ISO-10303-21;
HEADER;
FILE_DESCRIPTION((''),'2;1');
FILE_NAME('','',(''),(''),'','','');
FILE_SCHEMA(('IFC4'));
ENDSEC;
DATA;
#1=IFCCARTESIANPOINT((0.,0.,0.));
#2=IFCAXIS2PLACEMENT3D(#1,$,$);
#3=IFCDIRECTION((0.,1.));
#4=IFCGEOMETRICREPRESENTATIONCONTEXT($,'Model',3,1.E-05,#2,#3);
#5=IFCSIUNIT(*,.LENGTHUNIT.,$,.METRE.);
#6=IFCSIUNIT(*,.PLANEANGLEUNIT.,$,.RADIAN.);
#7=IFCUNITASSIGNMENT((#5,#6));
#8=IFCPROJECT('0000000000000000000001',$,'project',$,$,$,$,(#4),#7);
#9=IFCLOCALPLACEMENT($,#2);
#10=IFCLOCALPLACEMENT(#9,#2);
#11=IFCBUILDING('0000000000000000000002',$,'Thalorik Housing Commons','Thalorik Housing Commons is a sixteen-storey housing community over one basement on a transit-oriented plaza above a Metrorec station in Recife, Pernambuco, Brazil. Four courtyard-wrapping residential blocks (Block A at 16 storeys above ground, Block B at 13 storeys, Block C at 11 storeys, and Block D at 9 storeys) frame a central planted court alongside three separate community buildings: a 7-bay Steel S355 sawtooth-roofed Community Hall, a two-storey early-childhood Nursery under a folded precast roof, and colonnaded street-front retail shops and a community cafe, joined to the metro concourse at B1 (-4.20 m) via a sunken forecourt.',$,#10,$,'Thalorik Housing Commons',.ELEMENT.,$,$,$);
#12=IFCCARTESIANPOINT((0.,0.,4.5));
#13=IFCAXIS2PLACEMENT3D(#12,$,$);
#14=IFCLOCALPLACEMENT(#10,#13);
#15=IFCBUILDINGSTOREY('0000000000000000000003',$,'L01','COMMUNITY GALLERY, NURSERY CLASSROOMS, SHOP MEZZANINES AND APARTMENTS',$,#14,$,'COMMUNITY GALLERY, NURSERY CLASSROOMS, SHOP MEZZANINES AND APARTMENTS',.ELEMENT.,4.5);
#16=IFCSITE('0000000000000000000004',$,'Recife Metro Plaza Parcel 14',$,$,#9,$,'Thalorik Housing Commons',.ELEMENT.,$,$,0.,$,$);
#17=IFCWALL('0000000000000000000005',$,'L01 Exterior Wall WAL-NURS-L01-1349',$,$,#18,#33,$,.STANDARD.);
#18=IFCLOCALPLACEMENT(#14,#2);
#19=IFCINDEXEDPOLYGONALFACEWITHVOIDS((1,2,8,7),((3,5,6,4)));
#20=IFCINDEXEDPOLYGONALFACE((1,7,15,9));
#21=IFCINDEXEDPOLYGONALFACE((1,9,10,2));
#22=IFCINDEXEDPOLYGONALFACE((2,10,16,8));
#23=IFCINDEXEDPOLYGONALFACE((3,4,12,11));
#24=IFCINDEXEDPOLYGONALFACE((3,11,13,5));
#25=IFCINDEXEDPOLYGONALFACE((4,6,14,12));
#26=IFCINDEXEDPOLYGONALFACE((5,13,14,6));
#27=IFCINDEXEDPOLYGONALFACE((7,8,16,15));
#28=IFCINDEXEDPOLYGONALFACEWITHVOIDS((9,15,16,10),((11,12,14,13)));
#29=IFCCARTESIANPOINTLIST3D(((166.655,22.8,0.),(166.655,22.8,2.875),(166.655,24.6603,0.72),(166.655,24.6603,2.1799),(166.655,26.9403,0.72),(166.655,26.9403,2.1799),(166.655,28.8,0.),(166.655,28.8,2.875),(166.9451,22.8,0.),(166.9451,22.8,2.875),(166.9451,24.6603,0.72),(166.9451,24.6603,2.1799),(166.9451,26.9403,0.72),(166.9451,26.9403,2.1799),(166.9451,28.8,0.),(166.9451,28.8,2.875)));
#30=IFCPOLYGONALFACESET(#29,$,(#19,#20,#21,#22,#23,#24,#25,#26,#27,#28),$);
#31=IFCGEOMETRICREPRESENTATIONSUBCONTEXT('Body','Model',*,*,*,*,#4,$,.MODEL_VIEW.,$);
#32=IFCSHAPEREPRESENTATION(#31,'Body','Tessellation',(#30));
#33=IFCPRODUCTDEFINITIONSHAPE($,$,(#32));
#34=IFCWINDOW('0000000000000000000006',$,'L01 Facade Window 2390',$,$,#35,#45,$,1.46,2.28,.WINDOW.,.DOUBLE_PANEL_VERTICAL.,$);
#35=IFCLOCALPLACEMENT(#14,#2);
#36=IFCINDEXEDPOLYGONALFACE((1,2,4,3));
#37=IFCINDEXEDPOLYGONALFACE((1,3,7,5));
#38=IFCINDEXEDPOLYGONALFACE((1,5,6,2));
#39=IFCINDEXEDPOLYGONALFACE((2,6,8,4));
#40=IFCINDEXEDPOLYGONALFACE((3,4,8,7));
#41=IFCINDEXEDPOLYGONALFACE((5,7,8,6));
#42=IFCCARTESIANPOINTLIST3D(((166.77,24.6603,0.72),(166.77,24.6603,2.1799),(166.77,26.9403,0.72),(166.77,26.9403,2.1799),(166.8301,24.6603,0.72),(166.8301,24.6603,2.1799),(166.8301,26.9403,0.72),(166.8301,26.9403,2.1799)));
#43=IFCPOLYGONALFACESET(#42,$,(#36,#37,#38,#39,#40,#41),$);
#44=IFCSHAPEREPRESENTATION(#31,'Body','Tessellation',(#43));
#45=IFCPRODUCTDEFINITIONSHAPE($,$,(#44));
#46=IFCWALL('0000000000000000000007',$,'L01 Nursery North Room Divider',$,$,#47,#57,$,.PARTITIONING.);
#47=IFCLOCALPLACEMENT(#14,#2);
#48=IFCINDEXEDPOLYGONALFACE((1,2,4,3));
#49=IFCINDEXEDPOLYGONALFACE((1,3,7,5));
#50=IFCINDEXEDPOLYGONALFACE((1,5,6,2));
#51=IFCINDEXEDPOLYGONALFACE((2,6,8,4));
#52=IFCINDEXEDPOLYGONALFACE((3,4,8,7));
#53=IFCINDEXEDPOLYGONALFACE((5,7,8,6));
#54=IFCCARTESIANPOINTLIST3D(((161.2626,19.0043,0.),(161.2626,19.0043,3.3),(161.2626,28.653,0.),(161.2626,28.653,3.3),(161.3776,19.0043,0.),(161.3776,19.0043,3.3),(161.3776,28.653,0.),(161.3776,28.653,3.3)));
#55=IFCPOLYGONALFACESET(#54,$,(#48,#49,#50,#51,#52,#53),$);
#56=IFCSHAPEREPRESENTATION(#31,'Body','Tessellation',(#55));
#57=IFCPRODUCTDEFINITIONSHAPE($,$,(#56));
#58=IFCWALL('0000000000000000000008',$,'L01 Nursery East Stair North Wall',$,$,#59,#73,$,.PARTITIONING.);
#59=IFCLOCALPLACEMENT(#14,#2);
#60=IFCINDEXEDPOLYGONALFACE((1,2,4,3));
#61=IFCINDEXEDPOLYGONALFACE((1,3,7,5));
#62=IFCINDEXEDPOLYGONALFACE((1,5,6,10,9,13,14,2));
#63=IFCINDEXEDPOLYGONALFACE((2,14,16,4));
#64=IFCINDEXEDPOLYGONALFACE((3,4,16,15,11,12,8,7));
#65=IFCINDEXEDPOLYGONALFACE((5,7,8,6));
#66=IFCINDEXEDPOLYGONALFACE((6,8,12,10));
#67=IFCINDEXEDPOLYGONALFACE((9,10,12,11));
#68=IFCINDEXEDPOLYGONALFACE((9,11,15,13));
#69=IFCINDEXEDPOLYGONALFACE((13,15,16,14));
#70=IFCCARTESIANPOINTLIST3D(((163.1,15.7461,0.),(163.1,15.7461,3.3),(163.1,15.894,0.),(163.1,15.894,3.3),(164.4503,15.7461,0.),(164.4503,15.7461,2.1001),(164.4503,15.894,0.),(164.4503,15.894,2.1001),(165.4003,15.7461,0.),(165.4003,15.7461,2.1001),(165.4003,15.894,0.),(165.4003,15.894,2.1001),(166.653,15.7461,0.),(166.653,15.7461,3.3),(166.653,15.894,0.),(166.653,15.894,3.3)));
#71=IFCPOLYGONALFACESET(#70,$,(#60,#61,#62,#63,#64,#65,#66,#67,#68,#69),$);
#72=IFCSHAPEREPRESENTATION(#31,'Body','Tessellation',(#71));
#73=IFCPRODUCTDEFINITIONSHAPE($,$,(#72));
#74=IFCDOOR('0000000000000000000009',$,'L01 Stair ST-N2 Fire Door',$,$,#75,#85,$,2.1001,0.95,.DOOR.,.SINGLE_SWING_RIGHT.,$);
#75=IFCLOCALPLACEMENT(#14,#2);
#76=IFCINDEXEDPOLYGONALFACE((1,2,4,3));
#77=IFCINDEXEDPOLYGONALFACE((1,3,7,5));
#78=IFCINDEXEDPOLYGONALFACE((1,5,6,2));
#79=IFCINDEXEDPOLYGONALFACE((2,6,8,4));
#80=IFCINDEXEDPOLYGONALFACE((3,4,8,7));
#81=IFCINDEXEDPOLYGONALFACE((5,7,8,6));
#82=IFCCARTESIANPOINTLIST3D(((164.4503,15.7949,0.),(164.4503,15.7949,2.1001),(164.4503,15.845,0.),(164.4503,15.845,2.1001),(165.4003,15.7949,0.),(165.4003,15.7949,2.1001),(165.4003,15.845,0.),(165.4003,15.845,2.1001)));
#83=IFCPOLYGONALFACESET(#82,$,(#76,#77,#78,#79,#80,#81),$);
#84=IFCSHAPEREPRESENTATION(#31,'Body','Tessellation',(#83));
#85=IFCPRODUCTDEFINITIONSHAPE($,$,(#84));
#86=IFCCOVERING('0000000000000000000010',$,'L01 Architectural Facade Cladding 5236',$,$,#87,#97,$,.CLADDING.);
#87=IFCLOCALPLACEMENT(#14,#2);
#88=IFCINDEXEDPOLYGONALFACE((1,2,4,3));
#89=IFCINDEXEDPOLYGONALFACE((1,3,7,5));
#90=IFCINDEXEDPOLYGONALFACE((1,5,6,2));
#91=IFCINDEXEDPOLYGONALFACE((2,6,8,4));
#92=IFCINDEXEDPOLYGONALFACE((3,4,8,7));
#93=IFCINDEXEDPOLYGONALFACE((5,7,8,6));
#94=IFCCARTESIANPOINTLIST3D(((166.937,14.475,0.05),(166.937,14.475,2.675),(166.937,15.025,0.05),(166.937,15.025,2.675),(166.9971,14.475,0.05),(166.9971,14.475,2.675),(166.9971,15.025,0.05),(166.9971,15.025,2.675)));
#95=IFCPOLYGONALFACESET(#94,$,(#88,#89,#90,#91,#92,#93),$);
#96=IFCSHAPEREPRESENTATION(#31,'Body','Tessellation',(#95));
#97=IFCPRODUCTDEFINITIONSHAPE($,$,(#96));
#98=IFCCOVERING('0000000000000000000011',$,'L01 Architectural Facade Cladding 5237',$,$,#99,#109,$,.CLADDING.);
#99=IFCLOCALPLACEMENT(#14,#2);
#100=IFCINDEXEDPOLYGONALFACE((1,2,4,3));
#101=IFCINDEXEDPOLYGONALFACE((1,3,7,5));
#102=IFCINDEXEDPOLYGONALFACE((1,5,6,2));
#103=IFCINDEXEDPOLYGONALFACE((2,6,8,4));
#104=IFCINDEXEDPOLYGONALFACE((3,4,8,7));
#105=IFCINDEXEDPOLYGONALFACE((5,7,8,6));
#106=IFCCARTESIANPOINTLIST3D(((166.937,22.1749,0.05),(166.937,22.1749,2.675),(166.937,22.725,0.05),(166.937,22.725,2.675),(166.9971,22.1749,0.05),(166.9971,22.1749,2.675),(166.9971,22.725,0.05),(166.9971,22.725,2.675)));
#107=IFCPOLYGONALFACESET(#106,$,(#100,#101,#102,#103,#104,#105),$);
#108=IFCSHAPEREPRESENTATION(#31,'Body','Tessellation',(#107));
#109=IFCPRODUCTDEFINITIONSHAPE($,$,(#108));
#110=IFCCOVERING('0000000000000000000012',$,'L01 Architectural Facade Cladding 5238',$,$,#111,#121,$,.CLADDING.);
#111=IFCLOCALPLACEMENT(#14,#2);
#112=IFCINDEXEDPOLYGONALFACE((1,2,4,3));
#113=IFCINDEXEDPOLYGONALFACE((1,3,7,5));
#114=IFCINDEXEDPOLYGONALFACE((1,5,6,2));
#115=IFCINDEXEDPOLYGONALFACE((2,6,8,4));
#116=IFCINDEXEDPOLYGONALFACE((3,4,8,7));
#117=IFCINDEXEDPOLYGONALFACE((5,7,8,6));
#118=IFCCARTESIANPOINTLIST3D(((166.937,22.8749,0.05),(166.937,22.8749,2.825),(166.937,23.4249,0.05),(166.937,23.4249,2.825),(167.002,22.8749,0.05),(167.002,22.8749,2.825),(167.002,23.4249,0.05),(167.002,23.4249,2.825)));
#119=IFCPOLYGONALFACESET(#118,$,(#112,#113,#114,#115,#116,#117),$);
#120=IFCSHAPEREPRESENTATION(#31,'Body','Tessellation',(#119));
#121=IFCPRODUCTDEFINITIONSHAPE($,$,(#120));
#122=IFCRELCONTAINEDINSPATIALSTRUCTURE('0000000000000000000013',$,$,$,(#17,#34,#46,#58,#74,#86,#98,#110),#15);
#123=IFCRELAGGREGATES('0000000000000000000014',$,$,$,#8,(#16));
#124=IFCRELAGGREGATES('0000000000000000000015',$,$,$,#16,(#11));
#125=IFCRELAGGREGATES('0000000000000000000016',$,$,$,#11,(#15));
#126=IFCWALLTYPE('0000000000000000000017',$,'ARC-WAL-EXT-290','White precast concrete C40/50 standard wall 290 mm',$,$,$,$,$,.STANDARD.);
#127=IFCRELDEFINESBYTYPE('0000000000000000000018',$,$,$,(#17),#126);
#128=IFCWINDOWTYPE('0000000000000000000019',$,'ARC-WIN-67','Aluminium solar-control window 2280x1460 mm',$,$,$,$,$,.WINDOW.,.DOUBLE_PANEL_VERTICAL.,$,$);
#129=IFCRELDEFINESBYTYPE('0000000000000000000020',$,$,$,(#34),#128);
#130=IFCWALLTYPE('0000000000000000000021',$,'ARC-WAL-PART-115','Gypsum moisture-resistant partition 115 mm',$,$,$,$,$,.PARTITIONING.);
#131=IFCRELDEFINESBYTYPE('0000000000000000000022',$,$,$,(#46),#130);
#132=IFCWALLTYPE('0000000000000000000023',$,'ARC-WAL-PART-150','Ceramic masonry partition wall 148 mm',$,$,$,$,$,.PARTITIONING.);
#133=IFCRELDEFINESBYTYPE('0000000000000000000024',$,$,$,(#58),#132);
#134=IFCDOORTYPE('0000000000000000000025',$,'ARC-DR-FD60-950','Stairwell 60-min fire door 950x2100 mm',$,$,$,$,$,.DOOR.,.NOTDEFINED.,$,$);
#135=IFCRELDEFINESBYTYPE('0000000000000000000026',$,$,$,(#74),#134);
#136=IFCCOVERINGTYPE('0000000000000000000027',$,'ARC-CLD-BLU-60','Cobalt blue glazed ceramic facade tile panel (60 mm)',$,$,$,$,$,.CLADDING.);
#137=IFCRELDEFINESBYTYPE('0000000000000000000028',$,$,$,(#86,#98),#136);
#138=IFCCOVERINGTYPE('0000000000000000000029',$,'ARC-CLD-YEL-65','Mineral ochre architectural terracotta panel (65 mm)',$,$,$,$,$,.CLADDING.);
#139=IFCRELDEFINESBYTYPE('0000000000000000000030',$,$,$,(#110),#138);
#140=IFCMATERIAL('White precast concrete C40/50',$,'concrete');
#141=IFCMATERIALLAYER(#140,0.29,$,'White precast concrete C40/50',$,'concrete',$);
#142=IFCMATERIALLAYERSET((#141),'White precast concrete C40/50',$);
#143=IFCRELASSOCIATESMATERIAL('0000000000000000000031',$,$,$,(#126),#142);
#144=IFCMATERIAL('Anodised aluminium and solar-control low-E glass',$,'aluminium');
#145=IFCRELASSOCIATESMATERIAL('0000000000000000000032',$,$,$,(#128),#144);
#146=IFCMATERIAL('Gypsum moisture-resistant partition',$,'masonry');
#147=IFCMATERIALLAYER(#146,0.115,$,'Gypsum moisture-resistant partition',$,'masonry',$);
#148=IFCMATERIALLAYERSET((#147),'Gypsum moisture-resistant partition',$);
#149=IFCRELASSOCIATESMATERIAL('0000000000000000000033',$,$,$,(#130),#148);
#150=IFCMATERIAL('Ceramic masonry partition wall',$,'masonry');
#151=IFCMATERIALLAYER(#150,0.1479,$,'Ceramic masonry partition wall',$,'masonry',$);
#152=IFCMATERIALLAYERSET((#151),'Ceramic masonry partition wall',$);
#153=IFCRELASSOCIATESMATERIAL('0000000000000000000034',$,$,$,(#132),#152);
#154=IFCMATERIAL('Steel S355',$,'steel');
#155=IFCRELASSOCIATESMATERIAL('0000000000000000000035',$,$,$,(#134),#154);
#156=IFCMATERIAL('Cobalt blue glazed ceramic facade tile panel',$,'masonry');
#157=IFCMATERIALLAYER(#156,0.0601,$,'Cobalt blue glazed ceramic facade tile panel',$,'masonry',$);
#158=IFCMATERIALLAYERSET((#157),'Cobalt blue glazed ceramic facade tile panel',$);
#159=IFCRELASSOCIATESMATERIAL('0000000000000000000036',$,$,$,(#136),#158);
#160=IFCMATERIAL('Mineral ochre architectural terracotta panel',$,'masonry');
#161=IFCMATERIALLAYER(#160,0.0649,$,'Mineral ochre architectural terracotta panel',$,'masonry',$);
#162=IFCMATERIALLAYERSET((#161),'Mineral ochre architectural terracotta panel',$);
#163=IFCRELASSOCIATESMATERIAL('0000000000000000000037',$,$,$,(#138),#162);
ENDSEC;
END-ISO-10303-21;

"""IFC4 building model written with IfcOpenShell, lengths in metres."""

from ifc_helpers import new_model, si_unit, direction, frame, frame_2d, origin, origin_2d, place, context, subcontext, project, spatial, rectangle, extrude, material, layer, layer_set, type_object, element, fill, save


model = new_model("IFC4")

# Units and contexts
model_context = context("Model", 3, precision=1e-05, world=origin(), true_north=direction((0.0, 1.0)))
body_context = subcontext(model_context, "Body", "Model", "MODEL_VIEW")
ifc_project = project(units=[si_unit("LENGTHUNIT", "METRE"), si_unit("PLANEANGLEUNIT", "RADIAN")], contexts=[model_context])

# Site, building, storey
site_placement = place(None, origin())
site = spatial("IfcSite", under=ifc_project, at=site_placement, Name="Recife Metro Plaza Parcel 14", LongName="Thalorik Housing Commons", CompositionType="ELEMENT", RefElevation=0.0)
building_placement = place(site_placement, origin())
building = spatial("IfcBuilding", under=site, at=building_placement, Name="Thalorik Housing Commons", Description="Thalorik Housing Commons is a sixteen-storey housing community over one basement on a transit-oriented plaza above a Metrorec station in Recife, Pernambuco, Brazil. Four courtyard-wrapping residential blocks (Block A at 16 storeys above ground, Block B at 13 storeys, Block C at 11 storeys, and Block D at 9 storeys) frame a central planted court alongside three separate community buildings: a 7-bay Steel S355 sawtooth-roofed Community Hall, a two-storey early-childhood Nursery under a folded precast roof, and colonnaded street-front retail shops and a community cafe, joined to the metro concourse at B1 (-4.20 m) via a sunken forecourt.", LongName="Thalorik Housing Commons", CompositionType="ELEMENT")
storey_placement = place(building_placement, frame((0.0, 0.0, 4.5)))
storey = spatial("IfcBuildingStorey", under=building, at=storey_placement, Name="L01", Description="COMMUNITY GALLERY, NURSERY CLASSROOMS, SHOP MEZZANINES AND APARTMENTS", LongName="COMMUNITY GALLERY, NURSERY CLASSROOMS, SHOP MEZZANINES AND APARTMENTS", CompositionType="ELEMENT", Elevation=4.5)

# Shared definitions
ifc_material_1 = material(Name="White precast concrete C40/50", Category="concrete")
ifc_layer_1 = layer(ifc_material_1, 0.29, Name="White precast concrete C40/50", Category="concrete")
ifc_layer_set_1 = layer_set([ifc_layer_1], Name="White precast concrete C40/50")
wall_type_1 = type_object("IfcWallType", Name="ARC-WAL-EXT-290", Description="White precast concrete C40/50 standard wall 290 mm", PredefinedType="STANDARD", material=ifc_layer_set_1)
ifc_material_2 = material(Name="Anodised aluminium and solar-control low-E glass", Category="aluminium")

# Wall, opening, window
wall_1_placement = place(storey_placement, frame((166.8, 22.8, 0.0), z_axis=(0.0, 0.0, 1.0), x_axis=(0.0, 1.0, 0.0)))
wall_1 = element("IfcWall", 1, at=wall_1_placement, inside=storey, type_object=wall_type_1, Name="L01 Exterior Wall WAL-NURS-L01-1349", PredefinedType="STANDARD", context=body_context, shape_type="SweptSolid", body=[
    extrude(rectangle(XDim=6.0, YDim=0.29, at=frame_2d((3.0, 0.0))), origin(), (0.0, 0.0, 1.0), 2.875),
])
opening_1_placement = place(wall_1_placement, frame((1.8601, 0.0, 0.72)))
opening_1 = element("IfcOpeningElement", 2, at=opening_1_placement, cuts=wall_1, PredefinedType="OPENING", context=body_context, shape_type="SweptSolid", body=[
    extrude(rectangle(XDim=2.28, YDim=1.46, at=frame_2d((1.1401, 0.73))), frame((0.0, 0.155, 0.0), z_axis=(0.0, -1.0, 0.0), x_axis=(1.0, 0.0, 0.0)), (0.0, 0.0, 1.0), 0.3101),
])
window_type_1 = type_object("IfcWindowType", Name="ARC-WIN-67", Description="Aluminium solar-control window 2280x1460 mm", PartitioningType="DOUBLE_PANEL_VERTICAL", PredefinedType="WINDOW", material=ifc_material_2)
window_1_placement = place(opening_1_placement, origin())
window_1 = element("IfcWindow", 3, at=window_1_placement, inside=storey, type_object=window_type_1, Name="L01 Facade Window 2390", OverallHeight=1.46, OverallWidth=2.28, PartitioningType="DOUBLE_PANEL_VERTICAL", PredefinedType="WINDOW", context=body_context, shape_type="SweptSolid", body=[
    extrude(rectangle(XDim=2.28, YDim=1.46, at=frame_2d((1.1401, 0.73))), frame((0.0, 0.03, 0.0), z_axis=(0.0, -1.0, 0.0), x_axis=(1.0, 0.0, 0.0)), (0.0, 0.0, 1.0), 0.0601),
])
fill(opening_1, window_1)

# Wall
ifc_material_3 = material(Name="Gypsum moisture-resistant partition", Category="masonry")
ifc_layer_2 = layer(ifc_material_3, 0.115, Name="Gypsum moisture-resistant partition", Category="masonry")
ifc_layer_set_2 = layer_set([ifc_layer_2], Name="Gypsum moisture-resistant partition")
wall_type_2 = type_object("IfcWallType", Name="ARC-WAL-PART-115", Description="Gypsum moisture-resistant partition 115 mm", PredefinedType="PARTITIONING", material=ifc_layer_set_2)
wall_2_placement = place(storey_placement, frame((161.3201, 19.0044, 0.0), z_axis=(0.0, 0.0, 1.0), x_axis=(0.0, 1.0, 0.0)))
element("IfcWall", 4, at=wall_2_placement, inside=storey, type_object=wall_type_2, Name="L01 Nursery North Room Divider", PredefinedType="PARTITIONING", context=body_context, shape_type="SweptSolid", body=[
    extrude(rectangle(XDim=9.6487, YDim=0.115, at=frame_2d((4.8242, 0.0))), origin(), (0.0, 0.0, 1.0), 3.3),
])

# Wall, opening, door
ifc_material_4 = material(Name="Ceramic masonry partition wall", Category="masonry")
ifc_layer_3 = layer(ifc_material_4, 0.1479, Name="Ceramic masonry partition wall", Category="masonry")
ifc_layer_set_3 = layer_set([ifc_layer_3], Name="Ceramic masonry partition wall")
wall_type_3 = type_object("IfcWallType", Name="ARC-WAL-PART-150", Description="Ceramic masonry partition wall 148 mm", PredefinedType="PARTITIONING", material=ifc_layer_set_3)
wall_3_placement = place(storey_placement, frame((163.1001, 15.8201, 0.0), z_axis=(0.0, 0.0, 1.0), x_axis=(1.0, 0.0, 0.0)))
wall_3 = element("IfcWall", 5, at=wall_3_placement, inside=storey, type_object=wall_type_3, Name="L01 Nursery East Stair North Wall", PredefinedType="PARTITIONING", context=body_context, shape_type="SweptSolid", body=[
    extrude(rectangle(XDim=3.553, YDim=0.1479, at=frame_2d((1.7764, 0.0))), origin(), (0.0, 0.0, 1.0), 3.3),
])
opening_2_placement = place(wall_3_placement, frame((1.3501, 0.0, 0.0)))
opening_2 = element("IfcOpeningElement", 6, at=opening_2_placement, cuts=wall_3, PredefinedType="OPENING", context=body_context, shape_type="SweptSolid", body=[
    extrude(rectangle(XDim=0.95, YDim=2.1001, at=frame_2d((0.4751, 1.05))), frame((0.0, 0.084, 0.0), z_axis=(0.0, -1.0, 0.0), x_axis=(1.0, 0.0, 0.0)), (0.0, 0.0, 1.0), 0.168),
])
ifc_material_5 = material(Name="Steel S355", Category="steel")
door_type = type_object("IfcDoorType", Name="ARC-DR-FD60-950", Description="Stairwell 60-min fire door 950x2100 mm", OperationType="NOTDEFINED", PredefinedType="DOOR", material=ifc_material_5)
door_placement = place(opening_2_placement, origin())
door = element("IfcDoor", 7, at=door_placement, inside=storey, type_object=door_type, Name="L01 Stair ST-N2 Fire Door", OperationType="SINGLE_SWING_RIGHT", OverallHeight=2.1001, OverallWidth=0.95, PredefinedType="DOOR", context=body_context, shape_type="SweptSolid", body=[
    extrude(rectangle(XDim=0.95, YDim=2.1001, at=frame_2d((0.4751, 1.05))), frame((0.0, 0.0249, 0.0), z_axis=(0.0, -1.0, 0.0), x_axis=(1.0, 0.0, 0.0)), (0.0, 0.0, 1.0), 0.05),
])
fill(opening_2, door)

# Coverings
ifc_material_6 = material(Name="Cobalt blue glazed ceramic facade tile panel", Category="masonry")
ifc_layer_4 = layer(ifc_material_6, 0.0601, Name="Cobalt blue glazed ceramic facade tile panel", Category="masonry")
ifc_layer_set_4 = layer_set([ifc_layer_4], Name="Cobalt blue glazed ceramic facade tile panel")
covering_type_1 = type_object("IfcCoveringType", Name="ARC-CLD-BLU-60", Description="Cobalt blue glazed ceramic facade tile panel (60 mm)", PredefinedType="CLADDING", material=ifc_layer_set_4)
for number, where, z_axis, x_axis, name in (
    (8, (166.967, 14.75, 0.05), (0.0, 0.0, 1.0), (0.0, 1.0, 0.0), "L01 Architectural Facade Cladding 5236"),
    (9, (166.967, 22.45, 0.05), (0.0, 0.0, 1.0), (0.0, 1.0, 0.0), "L01 Architectural Facade Cladding 5237"),
):
    element("IfcCovering", number, at=place(storey_placement, frame(where, z_axis=z_axis, x_axis=x_axis)), inside=storey, type_object=covering_type_1, Name=name, PredefinedType="CLADDING", context=body_context, shape_type="SweptSolid", body=[
        extrude(rectangle(XDim=0.55, YDim=0.0601, at=origin_2d()), origin(), (0.0, 0.0, 1.0), 2.625),
    ])
ifc_material_7 = material(Name="Mineral ochre architectural terracotta panel", Category="masonry")
ifc_layer_5 = layer(ifc_material_7, 0.0649, Name="Mineral ochre architectural terracotta panel", Category="masonry")
ifc_layer_set_5 = layer_set([ifc_layer_5], Name="Mineral ochre architectural terracotta panel")
covering_type_2 = type_object("IfcCoveringType", Name="ARC-CLD-YEL-65", Description="Mineral ochre architectural terracotta panel (65 mm)", PredefinedType="CLADDING", material=ifc_layer_set_5)
covering_placement = place(storey_placement, frame((166.9695, 23.1499, 0.05), z_axis=(0.0, 0.0, 1.0), x_axis=(0.0, 1.0, 0.0)))
element("IfcCovering", 10, at=covering_placement, inside=storey, type_object=covering_type_2, Name="L01 Architectural Facade Cladding 5238", PredefinedType="CLADDING", context=body_context, shape_type="SweptSolid", body=[
    extrude(rectangle(XDim=0.55, YDim=0.0649, at=origin_2d()), origin(), (0.0, 0.0, 1.0), 2.7749),
])

save(model, "model.ifc")
